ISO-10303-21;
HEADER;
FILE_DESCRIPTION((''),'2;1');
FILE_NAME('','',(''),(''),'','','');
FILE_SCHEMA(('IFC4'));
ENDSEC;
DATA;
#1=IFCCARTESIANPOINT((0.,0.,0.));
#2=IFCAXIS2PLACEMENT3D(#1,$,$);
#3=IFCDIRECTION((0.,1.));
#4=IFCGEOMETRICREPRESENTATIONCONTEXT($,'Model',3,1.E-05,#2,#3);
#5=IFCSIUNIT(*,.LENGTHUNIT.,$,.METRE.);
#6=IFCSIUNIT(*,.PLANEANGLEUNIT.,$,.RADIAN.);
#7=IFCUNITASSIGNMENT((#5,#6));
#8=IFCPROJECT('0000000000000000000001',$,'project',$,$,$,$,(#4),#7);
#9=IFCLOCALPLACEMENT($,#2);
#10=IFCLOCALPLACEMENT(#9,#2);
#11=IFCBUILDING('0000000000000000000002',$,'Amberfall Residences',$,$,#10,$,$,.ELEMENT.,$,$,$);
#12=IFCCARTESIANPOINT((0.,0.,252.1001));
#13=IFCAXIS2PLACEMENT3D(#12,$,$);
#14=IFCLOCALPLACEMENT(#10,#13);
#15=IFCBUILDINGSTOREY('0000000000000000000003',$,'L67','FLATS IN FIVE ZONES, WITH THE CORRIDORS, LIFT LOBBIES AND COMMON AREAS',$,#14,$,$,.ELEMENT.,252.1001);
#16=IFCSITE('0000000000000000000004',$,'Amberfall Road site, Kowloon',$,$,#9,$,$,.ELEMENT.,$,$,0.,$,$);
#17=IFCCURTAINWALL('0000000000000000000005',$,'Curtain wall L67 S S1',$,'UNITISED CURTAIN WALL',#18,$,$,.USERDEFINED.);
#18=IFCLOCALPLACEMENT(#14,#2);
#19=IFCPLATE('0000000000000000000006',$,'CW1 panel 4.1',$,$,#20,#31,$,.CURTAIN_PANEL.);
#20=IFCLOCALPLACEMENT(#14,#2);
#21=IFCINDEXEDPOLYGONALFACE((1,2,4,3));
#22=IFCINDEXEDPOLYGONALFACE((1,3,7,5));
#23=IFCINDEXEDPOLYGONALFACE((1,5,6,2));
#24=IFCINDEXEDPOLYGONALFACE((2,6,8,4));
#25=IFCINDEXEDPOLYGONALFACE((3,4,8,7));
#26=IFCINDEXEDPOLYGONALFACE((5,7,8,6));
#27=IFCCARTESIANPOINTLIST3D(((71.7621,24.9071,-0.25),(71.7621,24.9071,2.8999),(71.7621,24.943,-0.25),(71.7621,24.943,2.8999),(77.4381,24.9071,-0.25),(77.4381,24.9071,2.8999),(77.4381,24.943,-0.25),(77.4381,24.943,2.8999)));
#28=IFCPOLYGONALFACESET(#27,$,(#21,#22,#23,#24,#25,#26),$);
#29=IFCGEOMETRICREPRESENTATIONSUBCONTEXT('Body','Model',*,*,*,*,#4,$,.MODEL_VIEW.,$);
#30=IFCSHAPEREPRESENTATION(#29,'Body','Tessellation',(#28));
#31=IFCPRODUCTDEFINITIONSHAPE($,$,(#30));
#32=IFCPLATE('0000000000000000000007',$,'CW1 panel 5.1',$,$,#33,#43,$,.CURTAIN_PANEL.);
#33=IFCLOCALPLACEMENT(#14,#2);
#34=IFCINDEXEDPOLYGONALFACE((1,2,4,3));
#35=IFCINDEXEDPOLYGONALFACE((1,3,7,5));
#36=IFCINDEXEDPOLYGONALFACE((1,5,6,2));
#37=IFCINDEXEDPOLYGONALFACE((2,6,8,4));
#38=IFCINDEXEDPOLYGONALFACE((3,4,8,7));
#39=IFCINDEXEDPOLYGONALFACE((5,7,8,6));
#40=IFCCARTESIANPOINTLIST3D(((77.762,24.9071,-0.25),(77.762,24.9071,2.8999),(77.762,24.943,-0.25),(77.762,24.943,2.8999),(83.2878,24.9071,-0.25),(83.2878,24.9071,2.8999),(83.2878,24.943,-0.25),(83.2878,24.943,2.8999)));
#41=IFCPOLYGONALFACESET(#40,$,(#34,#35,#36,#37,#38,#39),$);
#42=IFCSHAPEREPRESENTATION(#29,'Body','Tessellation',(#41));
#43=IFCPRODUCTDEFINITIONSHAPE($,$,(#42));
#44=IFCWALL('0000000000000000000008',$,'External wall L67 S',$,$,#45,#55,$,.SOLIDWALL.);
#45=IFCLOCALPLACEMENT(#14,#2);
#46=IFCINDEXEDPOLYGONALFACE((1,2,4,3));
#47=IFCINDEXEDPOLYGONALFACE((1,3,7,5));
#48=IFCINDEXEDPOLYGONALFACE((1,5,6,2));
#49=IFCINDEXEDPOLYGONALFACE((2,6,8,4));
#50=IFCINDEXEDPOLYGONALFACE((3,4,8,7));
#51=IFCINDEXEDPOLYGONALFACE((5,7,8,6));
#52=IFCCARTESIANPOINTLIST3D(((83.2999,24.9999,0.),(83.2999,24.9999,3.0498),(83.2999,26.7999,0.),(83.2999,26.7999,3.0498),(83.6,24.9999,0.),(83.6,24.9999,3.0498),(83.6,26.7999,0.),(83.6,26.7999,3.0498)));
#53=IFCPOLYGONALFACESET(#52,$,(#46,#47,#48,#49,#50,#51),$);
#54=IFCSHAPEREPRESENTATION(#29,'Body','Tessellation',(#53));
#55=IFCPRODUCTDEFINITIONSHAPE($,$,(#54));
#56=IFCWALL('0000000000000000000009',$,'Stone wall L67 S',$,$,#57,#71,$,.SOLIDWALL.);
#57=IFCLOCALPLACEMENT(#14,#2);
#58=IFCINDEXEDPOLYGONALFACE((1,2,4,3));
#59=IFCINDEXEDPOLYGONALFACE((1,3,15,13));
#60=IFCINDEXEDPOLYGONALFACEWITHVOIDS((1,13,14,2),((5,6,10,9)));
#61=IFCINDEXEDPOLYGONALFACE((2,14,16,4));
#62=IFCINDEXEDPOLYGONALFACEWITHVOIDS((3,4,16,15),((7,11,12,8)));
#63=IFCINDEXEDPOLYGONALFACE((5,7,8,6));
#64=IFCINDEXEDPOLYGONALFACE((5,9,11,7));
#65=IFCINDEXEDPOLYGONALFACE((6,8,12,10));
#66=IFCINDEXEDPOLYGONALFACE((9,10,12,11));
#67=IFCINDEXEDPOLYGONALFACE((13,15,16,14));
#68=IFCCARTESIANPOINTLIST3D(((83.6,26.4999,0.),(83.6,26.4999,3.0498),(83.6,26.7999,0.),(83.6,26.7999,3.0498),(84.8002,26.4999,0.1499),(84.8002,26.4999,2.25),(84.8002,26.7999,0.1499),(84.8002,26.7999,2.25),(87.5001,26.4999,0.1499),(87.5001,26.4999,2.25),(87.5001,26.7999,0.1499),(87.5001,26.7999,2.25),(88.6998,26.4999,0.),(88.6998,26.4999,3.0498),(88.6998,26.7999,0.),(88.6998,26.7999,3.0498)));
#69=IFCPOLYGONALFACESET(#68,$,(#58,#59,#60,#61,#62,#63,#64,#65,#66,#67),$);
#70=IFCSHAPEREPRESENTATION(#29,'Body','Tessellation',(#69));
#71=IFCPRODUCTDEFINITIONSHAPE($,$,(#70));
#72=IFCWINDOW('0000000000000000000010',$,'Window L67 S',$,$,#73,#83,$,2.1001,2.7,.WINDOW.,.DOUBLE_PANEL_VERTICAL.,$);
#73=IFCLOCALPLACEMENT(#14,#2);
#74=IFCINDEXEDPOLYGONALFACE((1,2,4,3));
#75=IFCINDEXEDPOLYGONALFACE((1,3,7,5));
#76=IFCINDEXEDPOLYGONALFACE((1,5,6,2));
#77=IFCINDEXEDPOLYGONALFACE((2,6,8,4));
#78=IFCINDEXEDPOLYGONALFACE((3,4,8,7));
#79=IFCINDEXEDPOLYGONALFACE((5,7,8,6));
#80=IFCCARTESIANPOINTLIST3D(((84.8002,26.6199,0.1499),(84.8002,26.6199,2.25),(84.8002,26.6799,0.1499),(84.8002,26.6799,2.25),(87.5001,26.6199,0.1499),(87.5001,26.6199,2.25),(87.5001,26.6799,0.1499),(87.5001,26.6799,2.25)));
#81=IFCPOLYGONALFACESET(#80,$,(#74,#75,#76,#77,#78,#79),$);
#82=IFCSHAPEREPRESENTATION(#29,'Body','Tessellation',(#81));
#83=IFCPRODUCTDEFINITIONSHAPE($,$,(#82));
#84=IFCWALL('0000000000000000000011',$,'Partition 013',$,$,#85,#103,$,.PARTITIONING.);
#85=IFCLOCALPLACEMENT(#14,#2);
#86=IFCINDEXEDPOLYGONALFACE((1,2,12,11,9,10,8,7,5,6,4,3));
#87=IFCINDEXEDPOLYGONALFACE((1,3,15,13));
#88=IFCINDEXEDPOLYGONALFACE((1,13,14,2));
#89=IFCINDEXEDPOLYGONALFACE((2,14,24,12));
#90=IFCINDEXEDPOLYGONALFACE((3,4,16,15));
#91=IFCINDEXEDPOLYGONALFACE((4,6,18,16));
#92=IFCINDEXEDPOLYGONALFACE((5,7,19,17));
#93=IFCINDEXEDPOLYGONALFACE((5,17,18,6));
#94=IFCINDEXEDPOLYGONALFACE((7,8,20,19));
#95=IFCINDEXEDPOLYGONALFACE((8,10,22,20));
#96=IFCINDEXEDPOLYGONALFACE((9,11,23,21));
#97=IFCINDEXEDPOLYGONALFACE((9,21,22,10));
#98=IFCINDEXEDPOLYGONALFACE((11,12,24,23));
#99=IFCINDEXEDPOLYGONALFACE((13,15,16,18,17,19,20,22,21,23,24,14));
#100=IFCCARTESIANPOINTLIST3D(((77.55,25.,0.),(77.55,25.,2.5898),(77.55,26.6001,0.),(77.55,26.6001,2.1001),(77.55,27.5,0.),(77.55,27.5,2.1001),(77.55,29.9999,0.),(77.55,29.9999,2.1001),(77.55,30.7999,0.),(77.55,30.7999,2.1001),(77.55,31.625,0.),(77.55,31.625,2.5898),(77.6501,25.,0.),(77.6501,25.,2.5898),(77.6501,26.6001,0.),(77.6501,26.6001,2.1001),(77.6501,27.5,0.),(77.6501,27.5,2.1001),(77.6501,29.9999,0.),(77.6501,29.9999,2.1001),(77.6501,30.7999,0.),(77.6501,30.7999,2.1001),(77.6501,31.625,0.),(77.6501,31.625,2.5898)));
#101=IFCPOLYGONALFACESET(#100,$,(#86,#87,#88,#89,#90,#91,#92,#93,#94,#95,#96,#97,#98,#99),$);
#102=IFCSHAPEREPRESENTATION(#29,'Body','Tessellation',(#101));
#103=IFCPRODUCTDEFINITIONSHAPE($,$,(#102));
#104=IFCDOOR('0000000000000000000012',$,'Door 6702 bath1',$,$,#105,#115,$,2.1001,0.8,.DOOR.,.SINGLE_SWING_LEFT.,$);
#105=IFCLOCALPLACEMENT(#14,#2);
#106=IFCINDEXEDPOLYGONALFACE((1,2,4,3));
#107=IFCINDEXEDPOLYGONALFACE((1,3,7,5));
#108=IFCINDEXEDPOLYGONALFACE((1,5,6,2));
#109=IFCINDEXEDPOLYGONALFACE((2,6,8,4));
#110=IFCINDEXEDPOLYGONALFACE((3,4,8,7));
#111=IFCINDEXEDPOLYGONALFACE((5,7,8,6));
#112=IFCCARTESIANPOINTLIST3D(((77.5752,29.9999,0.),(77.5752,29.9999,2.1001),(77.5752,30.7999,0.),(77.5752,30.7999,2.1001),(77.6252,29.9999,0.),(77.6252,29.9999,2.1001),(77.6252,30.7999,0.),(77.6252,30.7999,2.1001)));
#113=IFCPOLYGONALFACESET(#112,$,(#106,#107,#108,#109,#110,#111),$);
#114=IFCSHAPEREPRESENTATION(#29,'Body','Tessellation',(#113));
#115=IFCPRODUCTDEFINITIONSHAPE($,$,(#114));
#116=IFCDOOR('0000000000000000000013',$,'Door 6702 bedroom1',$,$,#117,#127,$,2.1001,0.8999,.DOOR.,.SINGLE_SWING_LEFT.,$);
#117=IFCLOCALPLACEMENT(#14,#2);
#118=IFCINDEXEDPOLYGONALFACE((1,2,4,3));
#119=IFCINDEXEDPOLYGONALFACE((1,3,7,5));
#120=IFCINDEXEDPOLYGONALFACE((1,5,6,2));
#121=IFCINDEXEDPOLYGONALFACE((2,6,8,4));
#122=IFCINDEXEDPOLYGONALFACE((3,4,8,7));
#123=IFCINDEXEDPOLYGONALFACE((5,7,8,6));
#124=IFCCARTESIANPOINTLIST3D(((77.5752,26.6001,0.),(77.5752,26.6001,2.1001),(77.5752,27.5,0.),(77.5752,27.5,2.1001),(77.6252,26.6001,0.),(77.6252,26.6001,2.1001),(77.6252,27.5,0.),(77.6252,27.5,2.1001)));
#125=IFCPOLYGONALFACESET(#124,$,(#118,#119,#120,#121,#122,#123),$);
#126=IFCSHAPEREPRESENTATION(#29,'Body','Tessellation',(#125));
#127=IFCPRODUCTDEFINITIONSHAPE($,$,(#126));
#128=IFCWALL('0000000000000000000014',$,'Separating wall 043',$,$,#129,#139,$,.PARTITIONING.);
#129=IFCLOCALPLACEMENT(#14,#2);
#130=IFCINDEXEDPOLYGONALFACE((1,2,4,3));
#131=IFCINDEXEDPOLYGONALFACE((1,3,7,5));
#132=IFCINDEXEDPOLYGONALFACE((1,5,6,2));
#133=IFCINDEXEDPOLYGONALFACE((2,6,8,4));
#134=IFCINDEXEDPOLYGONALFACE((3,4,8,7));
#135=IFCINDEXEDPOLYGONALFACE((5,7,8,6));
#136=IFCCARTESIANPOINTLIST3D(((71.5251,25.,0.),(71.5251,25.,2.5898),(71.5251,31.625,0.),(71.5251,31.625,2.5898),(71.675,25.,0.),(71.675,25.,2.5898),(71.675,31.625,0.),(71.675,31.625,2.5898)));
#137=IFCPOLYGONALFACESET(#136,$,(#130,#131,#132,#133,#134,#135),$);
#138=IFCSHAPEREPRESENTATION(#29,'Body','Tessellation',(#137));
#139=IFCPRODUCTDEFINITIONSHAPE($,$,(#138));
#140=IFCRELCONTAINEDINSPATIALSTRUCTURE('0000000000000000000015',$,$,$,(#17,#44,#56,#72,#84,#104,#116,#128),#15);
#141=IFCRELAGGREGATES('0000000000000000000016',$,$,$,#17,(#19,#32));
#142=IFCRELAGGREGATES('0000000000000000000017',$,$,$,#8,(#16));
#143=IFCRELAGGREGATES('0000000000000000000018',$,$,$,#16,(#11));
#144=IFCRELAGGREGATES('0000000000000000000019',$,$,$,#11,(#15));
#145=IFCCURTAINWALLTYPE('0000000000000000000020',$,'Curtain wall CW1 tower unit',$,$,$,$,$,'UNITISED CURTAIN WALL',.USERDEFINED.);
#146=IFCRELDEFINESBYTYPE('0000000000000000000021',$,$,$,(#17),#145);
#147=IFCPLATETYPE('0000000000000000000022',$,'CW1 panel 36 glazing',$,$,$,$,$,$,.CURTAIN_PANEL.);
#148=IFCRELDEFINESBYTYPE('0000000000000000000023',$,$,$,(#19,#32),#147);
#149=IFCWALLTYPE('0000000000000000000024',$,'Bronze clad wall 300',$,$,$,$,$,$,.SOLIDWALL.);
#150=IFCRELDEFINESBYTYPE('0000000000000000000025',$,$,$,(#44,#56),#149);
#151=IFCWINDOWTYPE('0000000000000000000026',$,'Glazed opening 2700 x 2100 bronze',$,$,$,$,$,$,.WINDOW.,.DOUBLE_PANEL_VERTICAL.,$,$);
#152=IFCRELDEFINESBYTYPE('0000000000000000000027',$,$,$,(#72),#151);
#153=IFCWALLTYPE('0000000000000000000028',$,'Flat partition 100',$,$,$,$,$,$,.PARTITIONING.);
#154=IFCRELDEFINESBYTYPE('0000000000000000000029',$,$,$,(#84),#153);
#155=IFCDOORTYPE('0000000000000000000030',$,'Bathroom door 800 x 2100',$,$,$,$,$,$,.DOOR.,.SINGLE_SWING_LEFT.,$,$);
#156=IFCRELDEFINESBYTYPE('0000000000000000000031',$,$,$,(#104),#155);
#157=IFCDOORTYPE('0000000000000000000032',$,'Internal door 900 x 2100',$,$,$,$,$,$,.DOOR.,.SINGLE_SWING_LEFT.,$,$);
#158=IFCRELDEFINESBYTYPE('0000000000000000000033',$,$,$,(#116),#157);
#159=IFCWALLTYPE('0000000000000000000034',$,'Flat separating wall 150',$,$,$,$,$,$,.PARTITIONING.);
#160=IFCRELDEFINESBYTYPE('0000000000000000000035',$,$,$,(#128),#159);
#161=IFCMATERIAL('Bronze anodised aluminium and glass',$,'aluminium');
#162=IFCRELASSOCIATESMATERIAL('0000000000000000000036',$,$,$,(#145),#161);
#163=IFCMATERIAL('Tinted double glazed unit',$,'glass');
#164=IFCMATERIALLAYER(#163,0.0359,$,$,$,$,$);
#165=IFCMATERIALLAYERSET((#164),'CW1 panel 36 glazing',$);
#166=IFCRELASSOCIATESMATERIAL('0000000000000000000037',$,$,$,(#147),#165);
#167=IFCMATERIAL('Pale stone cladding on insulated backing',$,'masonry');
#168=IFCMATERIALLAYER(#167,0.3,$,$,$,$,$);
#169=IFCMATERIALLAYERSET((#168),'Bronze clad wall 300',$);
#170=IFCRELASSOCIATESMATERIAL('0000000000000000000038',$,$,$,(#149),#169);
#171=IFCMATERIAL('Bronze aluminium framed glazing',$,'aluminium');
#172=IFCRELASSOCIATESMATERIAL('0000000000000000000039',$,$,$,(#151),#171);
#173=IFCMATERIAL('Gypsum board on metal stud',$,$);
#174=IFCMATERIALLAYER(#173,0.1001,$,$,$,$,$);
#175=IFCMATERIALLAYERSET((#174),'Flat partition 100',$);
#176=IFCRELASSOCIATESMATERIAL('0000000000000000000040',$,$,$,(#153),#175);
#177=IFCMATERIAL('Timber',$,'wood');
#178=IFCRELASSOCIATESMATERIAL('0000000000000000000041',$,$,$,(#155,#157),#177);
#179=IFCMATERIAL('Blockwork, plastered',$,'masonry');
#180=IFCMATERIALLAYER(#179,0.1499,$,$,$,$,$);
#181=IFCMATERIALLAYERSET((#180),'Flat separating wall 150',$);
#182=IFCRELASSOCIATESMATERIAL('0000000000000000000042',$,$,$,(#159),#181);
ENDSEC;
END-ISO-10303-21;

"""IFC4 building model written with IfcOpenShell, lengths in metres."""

from ifc_helpers import new_model, si_unit, direction, frame, frame_2d, origin, origin_2d, place, context, subcontext, project, spatial, rectangle, extrude, material, layer, layer_set, type_object, element, fill, aggregate, save


model = new_model("IFC4")

# Units and contexts
model_context = context("Model", 3, precision=1e-05, world=origin(), true_north=direction((0.0, 1.0)))
body_context = subcontext(model_context, "Body", "Model", "MODEL_VIEW")
ifc_project = project(units=[si_unit("LENGTHUNIT", "METRE"), si_unit("PLANEANGLEUNIT", "RADIAN")], contexts=[model_context])

# Site, building, storey
site_placement = place(None, origin())
site = spatial("IfcSite", under=ifc_project, at=site_placement, Name="Amberfall Road site, Kowloon", CompositionType="ELEMENT", RefElevation=0.0)
building_placement = place(site_placement, origin())
building = spatial("IfcBuilding", under=site, at=building_placement, Name="Amberfall Residences", CompositionType="ELEMENT")
storey_placement = place(building_placement, frame((0.0, 0.0, 252.1001)))
storey = spatial("IfcBuildingStorey", under=building, at=storey_placement, Name="L67", Description="FLATS IN FIVE ZONES, WITH THE CORRIDORS, LIFT LOBBIES AND COMMON AREAS", CompositionType="ELEMENT", Elevation=252.1001)

# Curtain wall
ifc_material_1 = material(Name="Bronze anodised aluminium and glass", Category="aluminium")
curtain_wall_type = type_object("IfcCurtainWallType", Name="Curtain wall CW1 tower unit", ElementType="UNITISED CURTAIN WALL", PredefinedType="USERDEFINED", material=ifc_material_1)
curtain_wall_placement = place(storey_placement, origin())
curtain_wall = element("IfcCurtainWall", 1, at=curtain_wall_placement, inside=storey, type_object=curtain_wall_type, Name="Curtain wall L67 S S1", ObjectType="UNITISED CURTAIN WALL", PredefinedType="USERDEFINED")

# Plates
ifc_material_2 = material(Name="Tinted double glazed unit", Category="glass")
ifc_layer_1 = layer(ifc_material_2, 0.0359)
ifc_layer_set_1 = layer_set([ifc_layer_1], Name="CW1 panel 36 glazing")
plate_type = type_object("IfcPlateType", Name="CW1 panel 36 glazing", PredefinedType="CURTAIN_PANEL", material=ifc_layer_set_1)
plate_1_placement = place(storey_placement, frame((74.6001, 24.925, -0.25), z_axis=(0.0, 0.0, 1.0), x_axis=(1.0, 0.0, 0.0)))
plate_1 = element("IfcPlate", 2, at=plate_1_placement, type_object=plate_type, Name="CW1 panel 4.1", PredefinedType="CURTAIN_PANEL", context=body_context, shape_type="SweptSolid", body=[
    extrude(rectangle(XDim=5.676, YDim=0.0359, at=origin_2d()), origin(), (0.0, 0.0, 1.0), 3.1499),
])
plate_2_placement = place(storey_placement, frame((80.5249, 24.925, -0.25), z_axis=(0.0, 0.0, 1.0), x_axis=(1.0, 0.0, 0.0)))
plate_2 = element("IfcPlate", 3, at=plate_2_placement, type_object=plate_type, Name="CW1 panel 5.1", PredefinedType="CURTAIN_PANEL", context=body_context, shape_type="SweptSolid", body=[
    extrude(rectangle(XDim=5.5259, YDim=0.0359, at=origin_2d()), origin(), (0.0, 0.0, 1.0), 3.1499),
])
aggregate(curtain_wall, [plate_1, plate_2])

# Wall
ifc_material_3 = material(Name="Pale stone cladding on insulated backing", Category="masonry")
ifc_layer_2 = layer(ifc_material_3, 0.3)
ifc_layer_set_2 = layer_set([ifc_layer_2], Name="Bronze clad wall 300")
wall_type_1 = type_object("IfcWallType", Name="Bronze clad wall 300", PredefinedType="SOLIDWALL", material=ifc_layer_set_2)
wall_1_placement = place(storey_placement, frame((83.45, 25.0, 0.0), z_axis=(0.0, 0.0, 1.0), x_axis=(0.0, 1.0, 0.0)))
element("IfcWall", 4, at=wall_1_placement, inside=storey, type_object=wall_type_1, Name="External wall L67 S", PredefinedType="SOLIDWALL", context=body_context, shape_type="SweptSolid", body=[
    extrude(rectangle(XDim=1.8, YDim=0.3, at=frame_2d((0.8999, 0.0))), origin(), (0.0, 0.0, 1.0), 3.0498),
])

# Wall, opening, window
wall_2_placement = place(storey_placement, frame((83.6001, 26.6499, 0.0), z_axis=(0.0, 0.0, 1.0), x_axis=(1.0, 0.0, 0.0)))
wall_2 = element("IfcWall", 5, at=wall_2_placement, inside=storey, type_object=wall_type_1, Name="Stone wall L67 S", PredefinedType="SOLIDWALL", context=body_context, shape_type="SweptSolid", body=[
    extrude(rectangle(XDim=5.0999, YDim=0.3, at=frame_2d((2.5498, 0.0))), origin(), (0.0, 0.0, 1.0), 3.0498),
])
opening_1_placement = place(wall_2_placement, frame((1.2, 0.0, 0.1499)))
opening_1 = element("IfcOpeningElement", 6, at=opening_1_placement, cuts=wall_2, PredefinedType="OPENING", context=body_context, shape_type="SweptSolid", body=[
    extrude(rectangle(XDim=2.7, YDim=2.1001, at=frame_2d((1.3501, 1.05))), frame((0.0, 0.1599, 0.0), z_axis=(0.0, -1.0, 0.0), x_axis=(1.0, 0.0, 0.0)), (0.0, 0.0, 1.0), 0.3201),
])
ifc_material_4 = material(Name="Bronze aluminium framed glazing", Category="aluminium")
window_type = type_object("IfcWindowType", Name="Glazed opening 2700 x 2100 bronze", PartitioningType="DOUBLE_PANEL_VERTICAL", PredefinedType="WINDOW", material=ifc_material_4)
window_placement = place(opening_1_placement, origin())
window = element("IfcWindow", 7, at=window_placement, inside=storey, type_object=window_type, Name="Window L67 S", OverallHeight=2.1001, OverallWidth=2.7, PartitioningType="DOUBLE_PANEL_VERTICAL", PredefinedType="WINDOW", context=body_context, shape_type="SweptSolid", body=[
    extrude(rectangle(XDim=2.7, YDim=2.1001, at=frame_2d((1.3501, 1.05))), frame((0.0, 0.03, 0.0), z_axis=(0.0, -1.0, 0.0), x_axis=(1.0, 0.0, 0.0)), (0.0, 0.0, 1.0), 0.0601),
])
fill(opening_1, window)

# Wall, openings, doors
ifc_material_5 = material(Name="Gypsum board on metal stud")
ifc_layer_3 = layer(ifc_material_5, 0.1001)
ifc_layer_set_3 = layer_set([ifc_layer_3], Name="Flat partition 100")
wall_type_2 = type_object("IfcWallType", Name="Flat partition 100", PredefinedType="PARTITIONING", material=ifc_layer_set_3)
wall_3_placement = place(storey_placement, frame((77.6001, 25.0, 0.0), z_axis=(0.0, 0.0, 1.0), x_axis=(0.0, 1.0, 0.0)))
wall_3 = element("IfcWall", 8, at=wall_3_placement, inside=storey, type_object=wall_type_2, Name="Partition 013", PredefinedType="PARTITIONING", context=body_context, shape_type="SweptSolid", body=[
    extrude(rectangle(XDim=6.625, YDim=0.1001, at=frame_2d((3.3125, 0.0))), origin(), (0.0, 0.0, 1.0), 2.5898),
])
opening_2_placement = place(wall_3_placement, frame((1.6001, 0.0, 0.0)))
opening_2 = element("IfcOpeningElement", 9, at=opening_2_placement, cuts=wall_3, PredefinedType="OPENING", context=body_context, shape_type="SweptSolid", body=[
    extrude(rectangle(XDim=0.8999, YDim=2.1001, at=frame_2d((0.45, 1.05))), frame((0.0, 0.0601, 0.0), z_axis=(0.0, -1.0, 0.0), x_axis=(1.0, 0.0, 0.0)), (0.0, 0.0, 1.0), 0.1201),
])
opening_3_placement = place(wall_3_placement, frame((5.0, 0.0, 0.0)))
opening_3 = element("IfcOpeningElement", 10, at=opening_3_placement, cuts=wall_3, PredefinedType="OPENING", context=body_context, shape_type="SweptSolid", body=[
    extrude(rectangle(XDim=0.8, YDim=2.1001, at=frame_2d((0.3999, 1.05))), frame((0.0, 0.0601, 0.0), z_axis=(0.0, -1.0, 0.0), x_axis=(1.0, 0.0, 0.0)), (0.0, 0.0, 1.0), 0.1201),
])
ifc_material_6 = material(Name="Timber", Category="wood")
door_type_1 = type_object("IfcDoorType", Name="Bathroom door 800 x 2100", OperationType="SINGLE_SWING_LEFT", PredefinedType="DOOR", material=ifc_material_6)
door_1_placement = place(opening_3_placement, origin())
door_1 = element("IfcDoor", 11, at=door_1_placement, inside=storey, type_object=door_type_1, Name="Door 6702 bath1", OperationType="SINGLE_SWING_LEFT", OverallHeight=2.1001, OverallWidth=0.8, PredefinedType="DOOR", context=body_context, shape_type="SweptSolid", body=[
    extrude(rectangle(XDim=0.8, YDim=2.1001, at=frame_2d((0.3999, 1.05))), frame((0.0, 0.0249, 0.0), z_axis=(0.0, -1.0, 0.0), x_axis=(1.0, 0.0, 0.0)), (0.0, 0.0, 1.0), 0.05),
])
fill(opening_3, door_1)
door_type_2 = type_object("IfcDoorType", Name="Internal door 900 x 2100", OperationType="SINGLE_SWING_LEFT", PredefinedType="DOOR", material=ifc_material_6)
door_2_placement = place(opening_2_placement, origin())
door_2 = element("IfcDoor", 12, at=door_2_placement, inside=storey, type_object=door_type_2, Name="Door 6702 bedroom1", OperationType="SINGLE_SWING_LEFT", OverallHeight=2.1001, OverallWidth=0.8999, PredefinedType="DOOR", context=body_context, shape_type="SweptSolid", body=[
    extrude(rectangle(XDim=0.8999, YDim=2.1001, at=frame_2d((0.45, 1.05))), frame((0.0, 0.0249, 0.0), z_axis=(0.0, -1.0, 0.0), x_axis=(1.0, 0.0, 0.0)), (0.0, 0.0, 1.0), 0.05),
])
fill(opening_2, door_2)

# Wall
ifc_material_7 = material(Name="Blockwork, plastered", Category="masonry")
ifc_layer_4 = layer(ifc_material_7, 0.1499)
ifc_layer_set_4 = layer_set([ifc_layer_4], Name="Flat separating wall 150")
wall_type_3 = type_object("IfcWallType", Name="Flat separating wall 150", PredefinedType="PARTITIONING", material=ifc_layer_set_4)
wall_4_placement = place(storey_placement, frame((71.6001, 25.0, 0.0), z_axis=(0.0, 0.0, 1.0), x_axis=(0.0, 1.0, 0.0)))
element("IfcWall", 13, at=wall_4_placement, inside=storey, type_object=wall_type_3, Name="Separating wall 043", PredefinedType="PARTITIONING", context=body_context, shape_type="SweptSolid", body=[
    extrude(rectangle(XDim=6.625, YDim=0.1499, at=frame_2d((3.3125, 0.0))), origin(), (0.0, 0.0, 1.0), 2.5898),
])

save(model, "model.ifc")
